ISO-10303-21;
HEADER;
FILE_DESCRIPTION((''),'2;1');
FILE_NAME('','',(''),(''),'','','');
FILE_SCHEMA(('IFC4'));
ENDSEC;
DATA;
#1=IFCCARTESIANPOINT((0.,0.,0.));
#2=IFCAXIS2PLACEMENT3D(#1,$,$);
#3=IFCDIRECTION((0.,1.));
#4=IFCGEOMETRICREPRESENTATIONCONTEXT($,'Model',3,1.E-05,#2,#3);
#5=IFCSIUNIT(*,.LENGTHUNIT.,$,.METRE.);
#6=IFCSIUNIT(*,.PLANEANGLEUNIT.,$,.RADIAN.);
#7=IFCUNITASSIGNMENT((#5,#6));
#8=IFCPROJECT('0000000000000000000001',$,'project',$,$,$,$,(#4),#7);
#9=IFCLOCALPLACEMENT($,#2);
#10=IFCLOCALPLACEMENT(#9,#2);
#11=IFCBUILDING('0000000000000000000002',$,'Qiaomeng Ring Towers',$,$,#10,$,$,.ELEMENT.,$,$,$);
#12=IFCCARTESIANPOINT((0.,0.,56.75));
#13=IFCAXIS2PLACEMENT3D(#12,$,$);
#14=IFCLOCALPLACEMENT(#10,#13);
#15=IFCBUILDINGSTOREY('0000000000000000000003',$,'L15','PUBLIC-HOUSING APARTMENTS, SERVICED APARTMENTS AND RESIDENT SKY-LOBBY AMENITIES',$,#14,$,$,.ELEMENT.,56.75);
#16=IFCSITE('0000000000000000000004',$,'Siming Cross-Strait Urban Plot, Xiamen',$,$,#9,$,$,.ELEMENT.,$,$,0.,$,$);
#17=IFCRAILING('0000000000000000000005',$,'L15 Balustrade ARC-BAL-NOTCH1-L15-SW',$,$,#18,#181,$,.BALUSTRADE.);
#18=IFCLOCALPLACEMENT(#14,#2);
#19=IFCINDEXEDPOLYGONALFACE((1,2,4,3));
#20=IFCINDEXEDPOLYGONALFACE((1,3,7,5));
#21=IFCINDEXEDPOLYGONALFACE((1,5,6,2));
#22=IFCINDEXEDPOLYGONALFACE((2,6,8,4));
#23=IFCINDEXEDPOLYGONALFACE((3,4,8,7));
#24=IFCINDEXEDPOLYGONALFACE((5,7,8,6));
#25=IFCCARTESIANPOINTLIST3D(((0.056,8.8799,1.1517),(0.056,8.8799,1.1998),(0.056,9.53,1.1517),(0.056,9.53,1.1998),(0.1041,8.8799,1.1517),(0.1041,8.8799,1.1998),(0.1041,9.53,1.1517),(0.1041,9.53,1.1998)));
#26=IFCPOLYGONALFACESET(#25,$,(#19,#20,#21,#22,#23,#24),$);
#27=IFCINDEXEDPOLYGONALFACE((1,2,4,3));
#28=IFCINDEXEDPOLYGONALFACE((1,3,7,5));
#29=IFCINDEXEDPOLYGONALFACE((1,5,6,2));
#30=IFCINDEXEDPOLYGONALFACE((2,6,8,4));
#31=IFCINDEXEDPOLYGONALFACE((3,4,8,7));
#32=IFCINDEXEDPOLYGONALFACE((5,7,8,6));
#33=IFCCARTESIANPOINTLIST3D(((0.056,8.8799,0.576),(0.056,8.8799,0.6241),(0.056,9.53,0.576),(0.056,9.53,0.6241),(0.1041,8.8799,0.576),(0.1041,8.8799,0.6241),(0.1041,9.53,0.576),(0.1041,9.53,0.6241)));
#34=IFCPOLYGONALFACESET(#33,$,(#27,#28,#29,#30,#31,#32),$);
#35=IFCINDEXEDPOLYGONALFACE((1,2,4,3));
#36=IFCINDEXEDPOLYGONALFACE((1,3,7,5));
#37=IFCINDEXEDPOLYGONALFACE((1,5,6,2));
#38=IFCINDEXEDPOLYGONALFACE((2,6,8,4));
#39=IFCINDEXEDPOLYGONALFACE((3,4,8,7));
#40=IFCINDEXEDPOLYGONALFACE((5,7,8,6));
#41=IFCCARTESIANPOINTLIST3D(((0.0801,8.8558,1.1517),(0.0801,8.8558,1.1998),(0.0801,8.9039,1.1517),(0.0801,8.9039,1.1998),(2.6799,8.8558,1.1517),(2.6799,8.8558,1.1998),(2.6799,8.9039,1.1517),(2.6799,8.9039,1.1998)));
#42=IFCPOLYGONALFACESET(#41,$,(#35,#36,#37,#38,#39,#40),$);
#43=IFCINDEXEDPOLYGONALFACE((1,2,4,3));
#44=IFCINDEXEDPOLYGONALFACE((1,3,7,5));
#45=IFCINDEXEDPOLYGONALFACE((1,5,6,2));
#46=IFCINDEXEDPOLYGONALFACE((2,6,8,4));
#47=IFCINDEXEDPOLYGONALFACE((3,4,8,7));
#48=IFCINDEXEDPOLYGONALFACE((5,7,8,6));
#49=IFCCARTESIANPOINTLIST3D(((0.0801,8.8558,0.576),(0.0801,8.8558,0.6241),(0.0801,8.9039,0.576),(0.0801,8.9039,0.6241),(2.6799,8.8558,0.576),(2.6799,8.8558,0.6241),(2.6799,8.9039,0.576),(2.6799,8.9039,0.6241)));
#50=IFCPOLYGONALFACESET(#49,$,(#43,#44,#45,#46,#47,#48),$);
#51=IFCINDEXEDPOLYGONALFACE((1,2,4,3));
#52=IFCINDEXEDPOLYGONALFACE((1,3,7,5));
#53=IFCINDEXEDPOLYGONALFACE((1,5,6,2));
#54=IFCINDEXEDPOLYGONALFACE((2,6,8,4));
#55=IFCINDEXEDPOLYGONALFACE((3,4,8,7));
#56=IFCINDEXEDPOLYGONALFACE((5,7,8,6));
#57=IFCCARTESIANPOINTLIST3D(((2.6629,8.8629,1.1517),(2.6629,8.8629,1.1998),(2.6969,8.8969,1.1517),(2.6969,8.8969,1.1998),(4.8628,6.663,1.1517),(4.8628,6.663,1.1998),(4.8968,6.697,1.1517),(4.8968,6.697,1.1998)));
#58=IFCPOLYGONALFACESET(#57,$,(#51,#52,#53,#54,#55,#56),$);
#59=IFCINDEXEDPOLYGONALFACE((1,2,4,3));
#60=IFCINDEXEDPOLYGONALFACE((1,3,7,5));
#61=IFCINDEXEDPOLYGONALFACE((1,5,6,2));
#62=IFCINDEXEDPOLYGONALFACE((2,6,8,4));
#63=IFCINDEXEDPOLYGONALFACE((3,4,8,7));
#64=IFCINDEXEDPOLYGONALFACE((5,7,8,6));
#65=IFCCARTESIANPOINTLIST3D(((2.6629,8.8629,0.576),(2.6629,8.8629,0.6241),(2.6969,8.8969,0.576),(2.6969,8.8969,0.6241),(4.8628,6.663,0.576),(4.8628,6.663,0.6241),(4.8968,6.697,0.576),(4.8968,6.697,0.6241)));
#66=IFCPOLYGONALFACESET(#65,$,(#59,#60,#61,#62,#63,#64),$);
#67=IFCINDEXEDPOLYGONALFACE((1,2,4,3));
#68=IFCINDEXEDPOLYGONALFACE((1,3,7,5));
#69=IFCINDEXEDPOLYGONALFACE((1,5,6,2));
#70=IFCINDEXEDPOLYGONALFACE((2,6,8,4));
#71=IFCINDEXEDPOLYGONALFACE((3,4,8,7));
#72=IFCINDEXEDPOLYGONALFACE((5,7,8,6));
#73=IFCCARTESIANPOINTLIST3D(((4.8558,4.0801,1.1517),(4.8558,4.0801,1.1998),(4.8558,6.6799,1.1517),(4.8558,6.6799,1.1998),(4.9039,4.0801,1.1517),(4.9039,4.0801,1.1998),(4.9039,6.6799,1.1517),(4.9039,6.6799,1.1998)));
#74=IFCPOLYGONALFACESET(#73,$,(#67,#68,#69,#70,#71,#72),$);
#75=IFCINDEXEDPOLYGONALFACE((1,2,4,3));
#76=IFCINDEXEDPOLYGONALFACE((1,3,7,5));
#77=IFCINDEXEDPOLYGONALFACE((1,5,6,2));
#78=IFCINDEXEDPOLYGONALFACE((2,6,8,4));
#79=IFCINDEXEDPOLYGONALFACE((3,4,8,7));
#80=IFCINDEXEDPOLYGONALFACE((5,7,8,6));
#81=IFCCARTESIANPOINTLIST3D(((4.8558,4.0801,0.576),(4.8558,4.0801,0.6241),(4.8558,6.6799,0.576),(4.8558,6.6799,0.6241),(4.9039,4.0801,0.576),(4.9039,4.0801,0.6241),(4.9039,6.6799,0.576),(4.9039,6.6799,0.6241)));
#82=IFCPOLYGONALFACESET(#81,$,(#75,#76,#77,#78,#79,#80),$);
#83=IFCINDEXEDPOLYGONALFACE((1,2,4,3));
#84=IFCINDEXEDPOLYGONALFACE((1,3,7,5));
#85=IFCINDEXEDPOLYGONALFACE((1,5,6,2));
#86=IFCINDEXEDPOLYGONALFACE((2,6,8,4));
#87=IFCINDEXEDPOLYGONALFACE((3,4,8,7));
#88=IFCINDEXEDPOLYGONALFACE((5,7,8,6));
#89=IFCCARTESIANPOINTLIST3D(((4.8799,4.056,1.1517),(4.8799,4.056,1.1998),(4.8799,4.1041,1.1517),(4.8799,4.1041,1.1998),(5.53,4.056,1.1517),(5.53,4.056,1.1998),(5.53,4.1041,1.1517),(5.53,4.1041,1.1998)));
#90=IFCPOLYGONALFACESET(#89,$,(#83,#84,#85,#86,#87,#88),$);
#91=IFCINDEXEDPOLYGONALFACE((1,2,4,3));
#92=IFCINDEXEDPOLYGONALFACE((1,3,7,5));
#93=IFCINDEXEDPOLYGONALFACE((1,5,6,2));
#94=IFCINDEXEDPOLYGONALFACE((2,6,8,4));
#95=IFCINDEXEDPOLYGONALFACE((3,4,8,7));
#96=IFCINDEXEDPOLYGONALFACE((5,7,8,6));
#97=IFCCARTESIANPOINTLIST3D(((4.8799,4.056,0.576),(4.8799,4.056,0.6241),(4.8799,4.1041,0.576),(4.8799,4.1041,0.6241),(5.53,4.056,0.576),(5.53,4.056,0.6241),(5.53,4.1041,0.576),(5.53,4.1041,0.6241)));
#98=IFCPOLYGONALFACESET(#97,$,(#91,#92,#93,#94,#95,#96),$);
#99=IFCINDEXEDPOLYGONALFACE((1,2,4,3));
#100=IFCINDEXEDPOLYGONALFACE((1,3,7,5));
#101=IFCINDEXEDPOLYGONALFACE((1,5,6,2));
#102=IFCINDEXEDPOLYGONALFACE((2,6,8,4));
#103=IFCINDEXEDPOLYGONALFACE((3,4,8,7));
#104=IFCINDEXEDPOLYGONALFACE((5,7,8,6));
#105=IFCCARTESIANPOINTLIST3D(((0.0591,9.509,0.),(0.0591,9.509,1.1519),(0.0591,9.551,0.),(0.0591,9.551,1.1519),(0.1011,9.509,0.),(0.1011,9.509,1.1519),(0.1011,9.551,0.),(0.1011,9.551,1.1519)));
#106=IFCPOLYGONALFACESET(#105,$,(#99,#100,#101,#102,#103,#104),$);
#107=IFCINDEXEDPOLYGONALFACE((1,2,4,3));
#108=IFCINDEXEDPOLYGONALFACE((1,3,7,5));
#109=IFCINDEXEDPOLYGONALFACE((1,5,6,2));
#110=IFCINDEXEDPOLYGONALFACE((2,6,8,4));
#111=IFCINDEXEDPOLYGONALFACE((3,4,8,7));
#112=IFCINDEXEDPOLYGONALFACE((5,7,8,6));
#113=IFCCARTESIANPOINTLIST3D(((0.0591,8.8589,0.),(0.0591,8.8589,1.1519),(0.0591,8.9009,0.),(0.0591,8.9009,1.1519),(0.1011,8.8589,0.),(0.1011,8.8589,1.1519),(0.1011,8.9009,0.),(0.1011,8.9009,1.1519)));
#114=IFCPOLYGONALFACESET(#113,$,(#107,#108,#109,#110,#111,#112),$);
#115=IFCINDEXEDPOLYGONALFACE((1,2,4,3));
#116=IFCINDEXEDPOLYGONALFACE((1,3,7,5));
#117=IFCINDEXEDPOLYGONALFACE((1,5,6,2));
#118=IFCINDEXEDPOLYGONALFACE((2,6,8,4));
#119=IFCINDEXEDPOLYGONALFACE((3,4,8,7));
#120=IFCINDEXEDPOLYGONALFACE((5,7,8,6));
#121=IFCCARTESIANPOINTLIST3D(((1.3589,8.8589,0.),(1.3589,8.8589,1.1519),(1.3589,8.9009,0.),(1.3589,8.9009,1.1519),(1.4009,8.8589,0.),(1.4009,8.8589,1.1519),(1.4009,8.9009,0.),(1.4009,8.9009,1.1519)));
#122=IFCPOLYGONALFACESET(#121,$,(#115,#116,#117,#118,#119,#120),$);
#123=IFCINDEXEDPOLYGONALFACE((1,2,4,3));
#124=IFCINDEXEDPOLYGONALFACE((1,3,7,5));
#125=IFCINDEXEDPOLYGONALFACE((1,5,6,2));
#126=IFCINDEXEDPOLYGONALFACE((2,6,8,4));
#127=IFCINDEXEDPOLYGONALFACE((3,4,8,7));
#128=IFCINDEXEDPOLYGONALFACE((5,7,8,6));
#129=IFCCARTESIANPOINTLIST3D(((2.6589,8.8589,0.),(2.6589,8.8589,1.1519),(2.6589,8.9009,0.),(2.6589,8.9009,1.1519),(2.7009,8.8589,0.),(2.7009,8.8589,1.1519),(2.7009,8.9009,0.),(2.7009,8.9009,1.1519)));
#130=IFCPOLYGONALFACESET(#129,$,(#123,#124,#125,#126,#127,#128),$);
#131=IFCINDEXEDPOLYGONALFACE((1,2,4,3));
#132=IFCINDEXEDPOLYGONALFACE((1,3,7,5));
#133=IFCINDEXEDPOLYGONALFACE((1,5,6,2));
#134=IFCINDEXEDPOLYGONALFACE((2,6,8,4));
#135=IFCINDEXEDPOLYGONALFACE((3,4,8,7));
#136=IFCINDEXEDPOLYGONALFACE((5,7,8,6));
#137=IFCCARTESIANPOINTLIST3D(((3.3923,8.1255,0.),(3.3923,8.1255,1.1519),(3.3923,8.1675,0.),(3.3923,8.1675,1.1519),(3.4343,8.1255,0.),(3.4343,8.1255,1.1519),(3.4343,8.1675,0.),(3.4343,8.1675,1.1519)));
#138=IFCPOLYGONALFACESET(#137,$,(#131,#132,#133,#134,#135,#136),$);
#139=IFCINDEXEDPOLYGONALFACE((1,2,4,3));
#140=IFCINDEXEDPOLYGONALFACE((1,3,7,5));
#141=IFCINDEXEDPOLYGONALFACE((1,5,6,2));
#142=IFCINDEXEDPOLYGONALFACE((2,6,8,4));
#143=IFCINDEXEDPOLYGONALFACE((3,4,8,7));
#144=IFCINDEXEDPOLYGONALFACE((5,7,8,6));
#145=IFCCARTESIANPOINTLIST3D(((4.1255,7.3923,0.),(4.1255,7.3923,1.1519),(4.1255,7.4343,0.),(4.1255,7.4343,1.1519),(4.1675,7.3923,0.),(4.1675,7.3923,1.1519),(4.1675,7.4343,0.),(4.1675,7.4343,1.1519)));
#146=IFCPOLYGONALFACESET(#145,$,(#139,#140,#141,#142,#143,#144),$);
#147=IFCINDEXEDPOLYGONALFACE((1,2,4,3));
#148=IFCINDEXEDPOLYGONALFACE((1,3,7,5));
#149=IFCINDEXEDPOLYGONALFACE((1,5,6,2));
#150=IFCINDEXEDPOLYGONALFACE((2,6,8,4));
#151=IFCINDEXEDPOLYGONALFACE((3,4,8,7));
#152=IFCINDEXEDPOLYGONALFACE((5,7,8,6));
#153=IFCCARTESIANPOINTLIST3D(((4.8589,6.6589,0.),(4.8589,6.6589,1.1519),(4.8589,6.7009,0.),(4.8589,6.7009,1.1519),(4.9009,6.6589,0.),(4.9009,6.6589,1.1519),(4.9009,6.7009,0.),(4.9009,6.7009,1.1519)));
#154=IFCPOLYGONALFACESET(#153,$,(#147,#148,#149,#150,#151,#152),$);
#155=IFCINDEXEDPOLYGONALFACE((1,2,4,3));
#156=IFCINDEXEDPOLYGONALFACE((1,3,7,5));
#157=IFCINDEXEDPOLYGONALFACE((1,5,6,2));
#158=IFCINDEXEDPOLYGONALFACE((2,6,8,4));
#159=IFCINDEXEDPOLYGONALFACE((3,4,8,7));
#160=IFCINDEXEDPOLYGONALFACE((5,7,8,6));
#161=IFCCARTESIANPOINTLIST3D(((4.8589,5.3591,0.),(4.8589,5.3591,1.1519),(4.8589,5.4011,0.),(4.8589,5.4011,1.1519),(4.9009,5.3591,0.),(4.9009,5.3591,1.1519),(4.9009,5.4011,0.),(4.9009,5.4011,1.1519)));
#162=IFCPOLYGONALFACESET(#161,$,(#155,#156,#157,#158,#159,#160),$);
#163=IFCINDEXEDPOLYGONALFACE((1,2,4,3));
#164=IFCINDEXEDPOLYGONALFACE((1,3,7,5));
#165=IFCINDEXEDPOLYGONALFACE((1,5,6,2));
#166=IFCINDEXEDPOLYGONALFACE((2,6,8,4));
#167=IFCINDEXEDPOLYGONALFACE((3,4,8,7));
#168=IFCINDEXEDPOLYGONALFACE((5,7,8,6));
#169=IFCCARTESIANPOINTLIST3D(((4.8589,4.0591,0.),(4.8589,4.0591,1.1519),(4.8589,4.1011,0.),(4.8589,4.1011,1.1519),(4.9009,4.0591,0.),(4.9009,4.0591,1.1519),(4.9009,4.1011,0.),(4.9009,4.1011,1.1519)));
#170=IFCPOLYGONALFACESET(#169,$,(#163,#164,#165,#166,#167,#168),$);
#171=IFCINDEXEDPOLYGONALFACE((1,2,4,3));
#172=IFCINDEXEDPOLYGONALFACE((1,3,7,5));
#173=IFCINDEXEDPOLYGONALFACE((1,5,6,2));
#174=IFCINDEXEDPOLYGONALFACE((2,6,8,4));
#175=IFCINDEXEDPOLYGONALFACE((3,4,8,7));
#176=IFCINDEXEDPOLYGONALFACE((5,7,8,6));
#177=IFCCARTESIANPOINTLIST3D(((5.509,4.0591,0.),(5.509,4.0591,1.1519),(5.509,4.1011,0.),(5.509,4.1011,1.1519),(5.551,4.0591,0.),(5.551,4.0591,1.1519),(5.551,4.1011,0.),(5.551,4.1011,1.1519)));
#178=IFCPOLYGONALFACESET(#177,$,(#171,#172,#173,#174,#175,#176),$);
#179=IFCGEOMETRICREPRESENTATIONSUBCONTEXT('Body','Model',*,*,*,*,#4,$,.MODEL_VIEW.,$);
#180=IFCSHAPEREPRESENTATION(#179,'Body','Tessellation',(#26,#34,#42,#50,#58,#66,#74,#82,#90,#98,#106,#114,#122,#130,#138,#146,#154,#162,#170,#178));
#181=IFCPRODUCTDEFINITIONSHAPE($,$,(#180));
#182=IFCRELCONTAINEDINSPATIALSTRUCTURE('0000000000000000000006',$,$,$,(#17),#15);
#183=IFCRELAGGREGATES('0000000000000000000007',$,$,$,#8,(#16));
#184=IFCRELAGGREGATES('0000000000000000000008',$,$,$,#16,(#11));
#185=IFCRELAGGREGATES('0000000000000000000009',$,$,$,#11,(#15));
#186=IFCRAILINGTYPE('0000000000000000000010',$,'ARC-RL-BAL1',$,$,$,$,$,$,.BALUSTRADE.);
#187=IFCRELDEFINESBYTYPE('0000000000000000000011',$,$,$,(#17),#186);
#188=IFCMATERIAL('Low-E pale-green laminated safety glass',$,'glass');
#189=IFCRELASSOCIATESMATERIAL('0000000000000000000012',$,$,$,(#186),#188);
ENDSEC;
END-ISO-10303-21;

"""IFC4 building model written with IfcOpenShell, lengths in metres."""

from ifc_helpers import new_model, si_unit, direction, frame, origin, origin_2d, place, context, subcontext, project, spatial, rectangle, extrude, material, type_object, element, save


model = new_model("IFC4")

# Units and contexts
model_context = context("Model", 3, precision=1e-05, world=origin(), true_north=direction((0.0, 1.0)))
body_context = subcontext(model_context, "Body", "Model", "MODEL_VIEW")
ifc_project = project(units=[si_unit("LENGTHUNIT", "METRE"), si_unit("PLANEANGLEUNIT", "RADIAN")], contexts=[model_context])

# Site, building, storey
site_placement = place(None, origin())
site = spatial("IfcSite", under=ifc_project, at=site_placement, Name="Siming Cross-Strait Urban Plot, Xiamen", CompositionType="ELEMENT", RefElevation=0.0)
building_placement = place(site_placement, origin())
building = spatial("IfcBuilding", under=site, at=building_placement, Name="Qiaomeng Ring Towers", CompositionType="ELEMENT")
storey_placement = place(building_placement, frame((0.0, 0.0, 56.75)))
storey = spatial("IfcBuildingStorey", under=building, at=storey_placement, Name="L15", Description="PUBLIC-HOUSING APARTMENTS, SERVICED APARTMENTS AND RESIDENT SKY-LOBBY AMENITIES", CompositionType="ELEMENT", Elevation=56.75)

# Railing
ifc_material_1 = material(Name="Low-E pale-green laminated safety glass", Category="glass")
railing_type = type_object("IfcRailingType", Name="ARC-RL-BAL1", PredefinedType="BALUSTRADE", material=ifc_material_1)
railing_1_placement = place(storey_placement, frame((0.0801, 9.53, 0.0)))
element("IfcRailing", 1, at=railing_1_placement, inside=storey, type_object=railing_type, Name="L15 Balustrade ARC-BAL-NOTCH1-L15-SW", PredefinedType="BALUSTRADE", context=body_context, shape_type="SweptSolid", body=[
    extrude(rectangle(XDim=0.0481, YDim=0.0481, at=origin_2d()), frame((0.0, 0.0, 1.1758), z_axis=(0.0, -1.0, 0.0), x_axis=(1.0, 0.0, 0.0)), (0.0, 0.0, 1.0), 0.6501),
    extrude(rectangle(XDim=0.0481, YDim=0.0481, at=origin_2d()), frame((0.0, 0.0, 0.6001), z_axis=(0.0, -1.0, 0.0), x_axis=(1.0, 0.0, 0.0)), (0.0, 0.0, 1.0), 0.6501),
    extrude(rectangle(XDim=0.0481, YDim=0.0481, at=origin_2d()), frame((0.0, -0.6501, 1.1758), z_axis=(1.0, 0.0, 0.0), x_axis=(0.0, 1.0, 0.0)), (0.0, 0.0, 1.0), 2.5999),
    extrude(rectangle(XDim=0.0481, YDim=0.0481, at=origin_2d()), frame((0.0, -0.6501, 0.6001), z_axis=(1.0, 0.0, 0.0), x_axis=(0.0, 1.0, 0.0)), (0.0, 0.0, 1.0), 2.5999),
    extrude(rectangle(XDim=0.0481, YDim=0.0481, at=origin_2d()), frame((2.5999, -0.6501, 1.1758), z_axis=(0.707107, -0.707107, 0.0), x_axis=(0.707107, 0.707107, 0.0)), (0.0, 0.0, 1.0), 3.1111),
    extrude(rectangle(XDim=0.0481, YDim=0.0481, at=origin_2d()), frame((2.5999, -0.6501, 0.6001), z_axis=(0.707107, -0.707107, 0.0), x_axis=(0.707107, 0.707107, 0.0)), (0.0, 0.0, 1.0), 3.1111),
    extrude(rectangle(XDim=0.0481, YDim=0.0481, at=origin_2d()), frame((4.7998, -2.8501, 1.1758), z_axis=(0.0, -1.0, 0.0), x_axis=(1.0, 0.0, 0.0)), (0.0, 0.0, 1.0), 2.5999),
    extrude(rectangle(XDim=0.0481, YDim=0.0481, at=origin_2d()), frame((4.7998, -2.8501, 0.6001), z_axis=(0.0, -1.0, 0.0), x_axis=(1.0, 0.0, 0.0)), (0.0, 0.0, 1.0), 2.5999),
    extrude(rectangle(XDim=0.0481, YDim=0.0481, at=origin_2d()), frame((4.7998, -5.45, 1.1758), z_axis=(1.0, 0.0, 0.0), x_axis=(0.0, 1.0, 0.0)), (0.0, 0.0, 1.0), 0.6501),
    extrude(rectangle(XDim=0.0481, YDim=0.0481, at=origin_2d()), frame((4.7998, -5.45, 0.6001), z_axis=(1.0, 0.0, 0.0), x_axis=(0.0, 1.0, 0.0)), (0.0, 0.0, 1.0), 0.6501),
    extrude(rectangle(XDim=0.042, YDim=0.042, at=origin_2d()), origin(), (0.0, 0.0, 1.0), 1.1519),
    extrude(rectangle(XDim=0.042, YDim=0.042, at=origin_2d()), frame((0.0, -0.6501, 0.0)), (0.0, 0.0, 1.0), 1.1519),
    extrude(rectangle(XDim=0.042, YDim=0.042, at=origin_2d()), frame((1.2998, -0.6501, 0.0)), (0.0, 0.0, 1.0), 1.1519),
    extrude(rectangle(XDim=0.042, YDim=0.042, at=origin_2d()), frame((2.5999, -0.6501, 0.0)), (0.0, 0.0, 1.0), 1.1519),
    extrude(rectangle(XDim=0.042, YDim=0.042, at=origin_2d()), frame((3.3333, -1.3835, 0.0)), (0.0, 0.0, 1.0), 1.1519),
    extrude(rectangle(XDim=0.042, YDim=0.042, at=origin_2d()), frame((4.0664, -2.1167, 0.0)), (0.0, 0.0, 1.0), 1.1519),
    extrude(rectangle(XDim=0.042, YDim=0.042, at=origin_2d()), frame((4.7998, -2.8501, 0.0)), (0.0, 0.0, 1.0), 1.1519),
    extrude(rectangle(XDim=0.042, YDim=0.042, at=origin_2d()), frame((4.7998, -4.1499, 0.0)), (0.0, 0.0, 1.0), 1.1519),
    extrude(rectangle(XDim=0.042, YDim=0.042, at=origin_2d()), frame((4.7998, -5.45, 0.0)), (0.0, 0.0, 1.0), 1.1519),
    extrude(rectangle(XDim=0.042, YDim=0.042, at=origin_2d()), frame((5.45, -5.45, 0.0)), (0.0, 0.0, 1.0), 1.1519),
])

save(model, "model.ifc")
